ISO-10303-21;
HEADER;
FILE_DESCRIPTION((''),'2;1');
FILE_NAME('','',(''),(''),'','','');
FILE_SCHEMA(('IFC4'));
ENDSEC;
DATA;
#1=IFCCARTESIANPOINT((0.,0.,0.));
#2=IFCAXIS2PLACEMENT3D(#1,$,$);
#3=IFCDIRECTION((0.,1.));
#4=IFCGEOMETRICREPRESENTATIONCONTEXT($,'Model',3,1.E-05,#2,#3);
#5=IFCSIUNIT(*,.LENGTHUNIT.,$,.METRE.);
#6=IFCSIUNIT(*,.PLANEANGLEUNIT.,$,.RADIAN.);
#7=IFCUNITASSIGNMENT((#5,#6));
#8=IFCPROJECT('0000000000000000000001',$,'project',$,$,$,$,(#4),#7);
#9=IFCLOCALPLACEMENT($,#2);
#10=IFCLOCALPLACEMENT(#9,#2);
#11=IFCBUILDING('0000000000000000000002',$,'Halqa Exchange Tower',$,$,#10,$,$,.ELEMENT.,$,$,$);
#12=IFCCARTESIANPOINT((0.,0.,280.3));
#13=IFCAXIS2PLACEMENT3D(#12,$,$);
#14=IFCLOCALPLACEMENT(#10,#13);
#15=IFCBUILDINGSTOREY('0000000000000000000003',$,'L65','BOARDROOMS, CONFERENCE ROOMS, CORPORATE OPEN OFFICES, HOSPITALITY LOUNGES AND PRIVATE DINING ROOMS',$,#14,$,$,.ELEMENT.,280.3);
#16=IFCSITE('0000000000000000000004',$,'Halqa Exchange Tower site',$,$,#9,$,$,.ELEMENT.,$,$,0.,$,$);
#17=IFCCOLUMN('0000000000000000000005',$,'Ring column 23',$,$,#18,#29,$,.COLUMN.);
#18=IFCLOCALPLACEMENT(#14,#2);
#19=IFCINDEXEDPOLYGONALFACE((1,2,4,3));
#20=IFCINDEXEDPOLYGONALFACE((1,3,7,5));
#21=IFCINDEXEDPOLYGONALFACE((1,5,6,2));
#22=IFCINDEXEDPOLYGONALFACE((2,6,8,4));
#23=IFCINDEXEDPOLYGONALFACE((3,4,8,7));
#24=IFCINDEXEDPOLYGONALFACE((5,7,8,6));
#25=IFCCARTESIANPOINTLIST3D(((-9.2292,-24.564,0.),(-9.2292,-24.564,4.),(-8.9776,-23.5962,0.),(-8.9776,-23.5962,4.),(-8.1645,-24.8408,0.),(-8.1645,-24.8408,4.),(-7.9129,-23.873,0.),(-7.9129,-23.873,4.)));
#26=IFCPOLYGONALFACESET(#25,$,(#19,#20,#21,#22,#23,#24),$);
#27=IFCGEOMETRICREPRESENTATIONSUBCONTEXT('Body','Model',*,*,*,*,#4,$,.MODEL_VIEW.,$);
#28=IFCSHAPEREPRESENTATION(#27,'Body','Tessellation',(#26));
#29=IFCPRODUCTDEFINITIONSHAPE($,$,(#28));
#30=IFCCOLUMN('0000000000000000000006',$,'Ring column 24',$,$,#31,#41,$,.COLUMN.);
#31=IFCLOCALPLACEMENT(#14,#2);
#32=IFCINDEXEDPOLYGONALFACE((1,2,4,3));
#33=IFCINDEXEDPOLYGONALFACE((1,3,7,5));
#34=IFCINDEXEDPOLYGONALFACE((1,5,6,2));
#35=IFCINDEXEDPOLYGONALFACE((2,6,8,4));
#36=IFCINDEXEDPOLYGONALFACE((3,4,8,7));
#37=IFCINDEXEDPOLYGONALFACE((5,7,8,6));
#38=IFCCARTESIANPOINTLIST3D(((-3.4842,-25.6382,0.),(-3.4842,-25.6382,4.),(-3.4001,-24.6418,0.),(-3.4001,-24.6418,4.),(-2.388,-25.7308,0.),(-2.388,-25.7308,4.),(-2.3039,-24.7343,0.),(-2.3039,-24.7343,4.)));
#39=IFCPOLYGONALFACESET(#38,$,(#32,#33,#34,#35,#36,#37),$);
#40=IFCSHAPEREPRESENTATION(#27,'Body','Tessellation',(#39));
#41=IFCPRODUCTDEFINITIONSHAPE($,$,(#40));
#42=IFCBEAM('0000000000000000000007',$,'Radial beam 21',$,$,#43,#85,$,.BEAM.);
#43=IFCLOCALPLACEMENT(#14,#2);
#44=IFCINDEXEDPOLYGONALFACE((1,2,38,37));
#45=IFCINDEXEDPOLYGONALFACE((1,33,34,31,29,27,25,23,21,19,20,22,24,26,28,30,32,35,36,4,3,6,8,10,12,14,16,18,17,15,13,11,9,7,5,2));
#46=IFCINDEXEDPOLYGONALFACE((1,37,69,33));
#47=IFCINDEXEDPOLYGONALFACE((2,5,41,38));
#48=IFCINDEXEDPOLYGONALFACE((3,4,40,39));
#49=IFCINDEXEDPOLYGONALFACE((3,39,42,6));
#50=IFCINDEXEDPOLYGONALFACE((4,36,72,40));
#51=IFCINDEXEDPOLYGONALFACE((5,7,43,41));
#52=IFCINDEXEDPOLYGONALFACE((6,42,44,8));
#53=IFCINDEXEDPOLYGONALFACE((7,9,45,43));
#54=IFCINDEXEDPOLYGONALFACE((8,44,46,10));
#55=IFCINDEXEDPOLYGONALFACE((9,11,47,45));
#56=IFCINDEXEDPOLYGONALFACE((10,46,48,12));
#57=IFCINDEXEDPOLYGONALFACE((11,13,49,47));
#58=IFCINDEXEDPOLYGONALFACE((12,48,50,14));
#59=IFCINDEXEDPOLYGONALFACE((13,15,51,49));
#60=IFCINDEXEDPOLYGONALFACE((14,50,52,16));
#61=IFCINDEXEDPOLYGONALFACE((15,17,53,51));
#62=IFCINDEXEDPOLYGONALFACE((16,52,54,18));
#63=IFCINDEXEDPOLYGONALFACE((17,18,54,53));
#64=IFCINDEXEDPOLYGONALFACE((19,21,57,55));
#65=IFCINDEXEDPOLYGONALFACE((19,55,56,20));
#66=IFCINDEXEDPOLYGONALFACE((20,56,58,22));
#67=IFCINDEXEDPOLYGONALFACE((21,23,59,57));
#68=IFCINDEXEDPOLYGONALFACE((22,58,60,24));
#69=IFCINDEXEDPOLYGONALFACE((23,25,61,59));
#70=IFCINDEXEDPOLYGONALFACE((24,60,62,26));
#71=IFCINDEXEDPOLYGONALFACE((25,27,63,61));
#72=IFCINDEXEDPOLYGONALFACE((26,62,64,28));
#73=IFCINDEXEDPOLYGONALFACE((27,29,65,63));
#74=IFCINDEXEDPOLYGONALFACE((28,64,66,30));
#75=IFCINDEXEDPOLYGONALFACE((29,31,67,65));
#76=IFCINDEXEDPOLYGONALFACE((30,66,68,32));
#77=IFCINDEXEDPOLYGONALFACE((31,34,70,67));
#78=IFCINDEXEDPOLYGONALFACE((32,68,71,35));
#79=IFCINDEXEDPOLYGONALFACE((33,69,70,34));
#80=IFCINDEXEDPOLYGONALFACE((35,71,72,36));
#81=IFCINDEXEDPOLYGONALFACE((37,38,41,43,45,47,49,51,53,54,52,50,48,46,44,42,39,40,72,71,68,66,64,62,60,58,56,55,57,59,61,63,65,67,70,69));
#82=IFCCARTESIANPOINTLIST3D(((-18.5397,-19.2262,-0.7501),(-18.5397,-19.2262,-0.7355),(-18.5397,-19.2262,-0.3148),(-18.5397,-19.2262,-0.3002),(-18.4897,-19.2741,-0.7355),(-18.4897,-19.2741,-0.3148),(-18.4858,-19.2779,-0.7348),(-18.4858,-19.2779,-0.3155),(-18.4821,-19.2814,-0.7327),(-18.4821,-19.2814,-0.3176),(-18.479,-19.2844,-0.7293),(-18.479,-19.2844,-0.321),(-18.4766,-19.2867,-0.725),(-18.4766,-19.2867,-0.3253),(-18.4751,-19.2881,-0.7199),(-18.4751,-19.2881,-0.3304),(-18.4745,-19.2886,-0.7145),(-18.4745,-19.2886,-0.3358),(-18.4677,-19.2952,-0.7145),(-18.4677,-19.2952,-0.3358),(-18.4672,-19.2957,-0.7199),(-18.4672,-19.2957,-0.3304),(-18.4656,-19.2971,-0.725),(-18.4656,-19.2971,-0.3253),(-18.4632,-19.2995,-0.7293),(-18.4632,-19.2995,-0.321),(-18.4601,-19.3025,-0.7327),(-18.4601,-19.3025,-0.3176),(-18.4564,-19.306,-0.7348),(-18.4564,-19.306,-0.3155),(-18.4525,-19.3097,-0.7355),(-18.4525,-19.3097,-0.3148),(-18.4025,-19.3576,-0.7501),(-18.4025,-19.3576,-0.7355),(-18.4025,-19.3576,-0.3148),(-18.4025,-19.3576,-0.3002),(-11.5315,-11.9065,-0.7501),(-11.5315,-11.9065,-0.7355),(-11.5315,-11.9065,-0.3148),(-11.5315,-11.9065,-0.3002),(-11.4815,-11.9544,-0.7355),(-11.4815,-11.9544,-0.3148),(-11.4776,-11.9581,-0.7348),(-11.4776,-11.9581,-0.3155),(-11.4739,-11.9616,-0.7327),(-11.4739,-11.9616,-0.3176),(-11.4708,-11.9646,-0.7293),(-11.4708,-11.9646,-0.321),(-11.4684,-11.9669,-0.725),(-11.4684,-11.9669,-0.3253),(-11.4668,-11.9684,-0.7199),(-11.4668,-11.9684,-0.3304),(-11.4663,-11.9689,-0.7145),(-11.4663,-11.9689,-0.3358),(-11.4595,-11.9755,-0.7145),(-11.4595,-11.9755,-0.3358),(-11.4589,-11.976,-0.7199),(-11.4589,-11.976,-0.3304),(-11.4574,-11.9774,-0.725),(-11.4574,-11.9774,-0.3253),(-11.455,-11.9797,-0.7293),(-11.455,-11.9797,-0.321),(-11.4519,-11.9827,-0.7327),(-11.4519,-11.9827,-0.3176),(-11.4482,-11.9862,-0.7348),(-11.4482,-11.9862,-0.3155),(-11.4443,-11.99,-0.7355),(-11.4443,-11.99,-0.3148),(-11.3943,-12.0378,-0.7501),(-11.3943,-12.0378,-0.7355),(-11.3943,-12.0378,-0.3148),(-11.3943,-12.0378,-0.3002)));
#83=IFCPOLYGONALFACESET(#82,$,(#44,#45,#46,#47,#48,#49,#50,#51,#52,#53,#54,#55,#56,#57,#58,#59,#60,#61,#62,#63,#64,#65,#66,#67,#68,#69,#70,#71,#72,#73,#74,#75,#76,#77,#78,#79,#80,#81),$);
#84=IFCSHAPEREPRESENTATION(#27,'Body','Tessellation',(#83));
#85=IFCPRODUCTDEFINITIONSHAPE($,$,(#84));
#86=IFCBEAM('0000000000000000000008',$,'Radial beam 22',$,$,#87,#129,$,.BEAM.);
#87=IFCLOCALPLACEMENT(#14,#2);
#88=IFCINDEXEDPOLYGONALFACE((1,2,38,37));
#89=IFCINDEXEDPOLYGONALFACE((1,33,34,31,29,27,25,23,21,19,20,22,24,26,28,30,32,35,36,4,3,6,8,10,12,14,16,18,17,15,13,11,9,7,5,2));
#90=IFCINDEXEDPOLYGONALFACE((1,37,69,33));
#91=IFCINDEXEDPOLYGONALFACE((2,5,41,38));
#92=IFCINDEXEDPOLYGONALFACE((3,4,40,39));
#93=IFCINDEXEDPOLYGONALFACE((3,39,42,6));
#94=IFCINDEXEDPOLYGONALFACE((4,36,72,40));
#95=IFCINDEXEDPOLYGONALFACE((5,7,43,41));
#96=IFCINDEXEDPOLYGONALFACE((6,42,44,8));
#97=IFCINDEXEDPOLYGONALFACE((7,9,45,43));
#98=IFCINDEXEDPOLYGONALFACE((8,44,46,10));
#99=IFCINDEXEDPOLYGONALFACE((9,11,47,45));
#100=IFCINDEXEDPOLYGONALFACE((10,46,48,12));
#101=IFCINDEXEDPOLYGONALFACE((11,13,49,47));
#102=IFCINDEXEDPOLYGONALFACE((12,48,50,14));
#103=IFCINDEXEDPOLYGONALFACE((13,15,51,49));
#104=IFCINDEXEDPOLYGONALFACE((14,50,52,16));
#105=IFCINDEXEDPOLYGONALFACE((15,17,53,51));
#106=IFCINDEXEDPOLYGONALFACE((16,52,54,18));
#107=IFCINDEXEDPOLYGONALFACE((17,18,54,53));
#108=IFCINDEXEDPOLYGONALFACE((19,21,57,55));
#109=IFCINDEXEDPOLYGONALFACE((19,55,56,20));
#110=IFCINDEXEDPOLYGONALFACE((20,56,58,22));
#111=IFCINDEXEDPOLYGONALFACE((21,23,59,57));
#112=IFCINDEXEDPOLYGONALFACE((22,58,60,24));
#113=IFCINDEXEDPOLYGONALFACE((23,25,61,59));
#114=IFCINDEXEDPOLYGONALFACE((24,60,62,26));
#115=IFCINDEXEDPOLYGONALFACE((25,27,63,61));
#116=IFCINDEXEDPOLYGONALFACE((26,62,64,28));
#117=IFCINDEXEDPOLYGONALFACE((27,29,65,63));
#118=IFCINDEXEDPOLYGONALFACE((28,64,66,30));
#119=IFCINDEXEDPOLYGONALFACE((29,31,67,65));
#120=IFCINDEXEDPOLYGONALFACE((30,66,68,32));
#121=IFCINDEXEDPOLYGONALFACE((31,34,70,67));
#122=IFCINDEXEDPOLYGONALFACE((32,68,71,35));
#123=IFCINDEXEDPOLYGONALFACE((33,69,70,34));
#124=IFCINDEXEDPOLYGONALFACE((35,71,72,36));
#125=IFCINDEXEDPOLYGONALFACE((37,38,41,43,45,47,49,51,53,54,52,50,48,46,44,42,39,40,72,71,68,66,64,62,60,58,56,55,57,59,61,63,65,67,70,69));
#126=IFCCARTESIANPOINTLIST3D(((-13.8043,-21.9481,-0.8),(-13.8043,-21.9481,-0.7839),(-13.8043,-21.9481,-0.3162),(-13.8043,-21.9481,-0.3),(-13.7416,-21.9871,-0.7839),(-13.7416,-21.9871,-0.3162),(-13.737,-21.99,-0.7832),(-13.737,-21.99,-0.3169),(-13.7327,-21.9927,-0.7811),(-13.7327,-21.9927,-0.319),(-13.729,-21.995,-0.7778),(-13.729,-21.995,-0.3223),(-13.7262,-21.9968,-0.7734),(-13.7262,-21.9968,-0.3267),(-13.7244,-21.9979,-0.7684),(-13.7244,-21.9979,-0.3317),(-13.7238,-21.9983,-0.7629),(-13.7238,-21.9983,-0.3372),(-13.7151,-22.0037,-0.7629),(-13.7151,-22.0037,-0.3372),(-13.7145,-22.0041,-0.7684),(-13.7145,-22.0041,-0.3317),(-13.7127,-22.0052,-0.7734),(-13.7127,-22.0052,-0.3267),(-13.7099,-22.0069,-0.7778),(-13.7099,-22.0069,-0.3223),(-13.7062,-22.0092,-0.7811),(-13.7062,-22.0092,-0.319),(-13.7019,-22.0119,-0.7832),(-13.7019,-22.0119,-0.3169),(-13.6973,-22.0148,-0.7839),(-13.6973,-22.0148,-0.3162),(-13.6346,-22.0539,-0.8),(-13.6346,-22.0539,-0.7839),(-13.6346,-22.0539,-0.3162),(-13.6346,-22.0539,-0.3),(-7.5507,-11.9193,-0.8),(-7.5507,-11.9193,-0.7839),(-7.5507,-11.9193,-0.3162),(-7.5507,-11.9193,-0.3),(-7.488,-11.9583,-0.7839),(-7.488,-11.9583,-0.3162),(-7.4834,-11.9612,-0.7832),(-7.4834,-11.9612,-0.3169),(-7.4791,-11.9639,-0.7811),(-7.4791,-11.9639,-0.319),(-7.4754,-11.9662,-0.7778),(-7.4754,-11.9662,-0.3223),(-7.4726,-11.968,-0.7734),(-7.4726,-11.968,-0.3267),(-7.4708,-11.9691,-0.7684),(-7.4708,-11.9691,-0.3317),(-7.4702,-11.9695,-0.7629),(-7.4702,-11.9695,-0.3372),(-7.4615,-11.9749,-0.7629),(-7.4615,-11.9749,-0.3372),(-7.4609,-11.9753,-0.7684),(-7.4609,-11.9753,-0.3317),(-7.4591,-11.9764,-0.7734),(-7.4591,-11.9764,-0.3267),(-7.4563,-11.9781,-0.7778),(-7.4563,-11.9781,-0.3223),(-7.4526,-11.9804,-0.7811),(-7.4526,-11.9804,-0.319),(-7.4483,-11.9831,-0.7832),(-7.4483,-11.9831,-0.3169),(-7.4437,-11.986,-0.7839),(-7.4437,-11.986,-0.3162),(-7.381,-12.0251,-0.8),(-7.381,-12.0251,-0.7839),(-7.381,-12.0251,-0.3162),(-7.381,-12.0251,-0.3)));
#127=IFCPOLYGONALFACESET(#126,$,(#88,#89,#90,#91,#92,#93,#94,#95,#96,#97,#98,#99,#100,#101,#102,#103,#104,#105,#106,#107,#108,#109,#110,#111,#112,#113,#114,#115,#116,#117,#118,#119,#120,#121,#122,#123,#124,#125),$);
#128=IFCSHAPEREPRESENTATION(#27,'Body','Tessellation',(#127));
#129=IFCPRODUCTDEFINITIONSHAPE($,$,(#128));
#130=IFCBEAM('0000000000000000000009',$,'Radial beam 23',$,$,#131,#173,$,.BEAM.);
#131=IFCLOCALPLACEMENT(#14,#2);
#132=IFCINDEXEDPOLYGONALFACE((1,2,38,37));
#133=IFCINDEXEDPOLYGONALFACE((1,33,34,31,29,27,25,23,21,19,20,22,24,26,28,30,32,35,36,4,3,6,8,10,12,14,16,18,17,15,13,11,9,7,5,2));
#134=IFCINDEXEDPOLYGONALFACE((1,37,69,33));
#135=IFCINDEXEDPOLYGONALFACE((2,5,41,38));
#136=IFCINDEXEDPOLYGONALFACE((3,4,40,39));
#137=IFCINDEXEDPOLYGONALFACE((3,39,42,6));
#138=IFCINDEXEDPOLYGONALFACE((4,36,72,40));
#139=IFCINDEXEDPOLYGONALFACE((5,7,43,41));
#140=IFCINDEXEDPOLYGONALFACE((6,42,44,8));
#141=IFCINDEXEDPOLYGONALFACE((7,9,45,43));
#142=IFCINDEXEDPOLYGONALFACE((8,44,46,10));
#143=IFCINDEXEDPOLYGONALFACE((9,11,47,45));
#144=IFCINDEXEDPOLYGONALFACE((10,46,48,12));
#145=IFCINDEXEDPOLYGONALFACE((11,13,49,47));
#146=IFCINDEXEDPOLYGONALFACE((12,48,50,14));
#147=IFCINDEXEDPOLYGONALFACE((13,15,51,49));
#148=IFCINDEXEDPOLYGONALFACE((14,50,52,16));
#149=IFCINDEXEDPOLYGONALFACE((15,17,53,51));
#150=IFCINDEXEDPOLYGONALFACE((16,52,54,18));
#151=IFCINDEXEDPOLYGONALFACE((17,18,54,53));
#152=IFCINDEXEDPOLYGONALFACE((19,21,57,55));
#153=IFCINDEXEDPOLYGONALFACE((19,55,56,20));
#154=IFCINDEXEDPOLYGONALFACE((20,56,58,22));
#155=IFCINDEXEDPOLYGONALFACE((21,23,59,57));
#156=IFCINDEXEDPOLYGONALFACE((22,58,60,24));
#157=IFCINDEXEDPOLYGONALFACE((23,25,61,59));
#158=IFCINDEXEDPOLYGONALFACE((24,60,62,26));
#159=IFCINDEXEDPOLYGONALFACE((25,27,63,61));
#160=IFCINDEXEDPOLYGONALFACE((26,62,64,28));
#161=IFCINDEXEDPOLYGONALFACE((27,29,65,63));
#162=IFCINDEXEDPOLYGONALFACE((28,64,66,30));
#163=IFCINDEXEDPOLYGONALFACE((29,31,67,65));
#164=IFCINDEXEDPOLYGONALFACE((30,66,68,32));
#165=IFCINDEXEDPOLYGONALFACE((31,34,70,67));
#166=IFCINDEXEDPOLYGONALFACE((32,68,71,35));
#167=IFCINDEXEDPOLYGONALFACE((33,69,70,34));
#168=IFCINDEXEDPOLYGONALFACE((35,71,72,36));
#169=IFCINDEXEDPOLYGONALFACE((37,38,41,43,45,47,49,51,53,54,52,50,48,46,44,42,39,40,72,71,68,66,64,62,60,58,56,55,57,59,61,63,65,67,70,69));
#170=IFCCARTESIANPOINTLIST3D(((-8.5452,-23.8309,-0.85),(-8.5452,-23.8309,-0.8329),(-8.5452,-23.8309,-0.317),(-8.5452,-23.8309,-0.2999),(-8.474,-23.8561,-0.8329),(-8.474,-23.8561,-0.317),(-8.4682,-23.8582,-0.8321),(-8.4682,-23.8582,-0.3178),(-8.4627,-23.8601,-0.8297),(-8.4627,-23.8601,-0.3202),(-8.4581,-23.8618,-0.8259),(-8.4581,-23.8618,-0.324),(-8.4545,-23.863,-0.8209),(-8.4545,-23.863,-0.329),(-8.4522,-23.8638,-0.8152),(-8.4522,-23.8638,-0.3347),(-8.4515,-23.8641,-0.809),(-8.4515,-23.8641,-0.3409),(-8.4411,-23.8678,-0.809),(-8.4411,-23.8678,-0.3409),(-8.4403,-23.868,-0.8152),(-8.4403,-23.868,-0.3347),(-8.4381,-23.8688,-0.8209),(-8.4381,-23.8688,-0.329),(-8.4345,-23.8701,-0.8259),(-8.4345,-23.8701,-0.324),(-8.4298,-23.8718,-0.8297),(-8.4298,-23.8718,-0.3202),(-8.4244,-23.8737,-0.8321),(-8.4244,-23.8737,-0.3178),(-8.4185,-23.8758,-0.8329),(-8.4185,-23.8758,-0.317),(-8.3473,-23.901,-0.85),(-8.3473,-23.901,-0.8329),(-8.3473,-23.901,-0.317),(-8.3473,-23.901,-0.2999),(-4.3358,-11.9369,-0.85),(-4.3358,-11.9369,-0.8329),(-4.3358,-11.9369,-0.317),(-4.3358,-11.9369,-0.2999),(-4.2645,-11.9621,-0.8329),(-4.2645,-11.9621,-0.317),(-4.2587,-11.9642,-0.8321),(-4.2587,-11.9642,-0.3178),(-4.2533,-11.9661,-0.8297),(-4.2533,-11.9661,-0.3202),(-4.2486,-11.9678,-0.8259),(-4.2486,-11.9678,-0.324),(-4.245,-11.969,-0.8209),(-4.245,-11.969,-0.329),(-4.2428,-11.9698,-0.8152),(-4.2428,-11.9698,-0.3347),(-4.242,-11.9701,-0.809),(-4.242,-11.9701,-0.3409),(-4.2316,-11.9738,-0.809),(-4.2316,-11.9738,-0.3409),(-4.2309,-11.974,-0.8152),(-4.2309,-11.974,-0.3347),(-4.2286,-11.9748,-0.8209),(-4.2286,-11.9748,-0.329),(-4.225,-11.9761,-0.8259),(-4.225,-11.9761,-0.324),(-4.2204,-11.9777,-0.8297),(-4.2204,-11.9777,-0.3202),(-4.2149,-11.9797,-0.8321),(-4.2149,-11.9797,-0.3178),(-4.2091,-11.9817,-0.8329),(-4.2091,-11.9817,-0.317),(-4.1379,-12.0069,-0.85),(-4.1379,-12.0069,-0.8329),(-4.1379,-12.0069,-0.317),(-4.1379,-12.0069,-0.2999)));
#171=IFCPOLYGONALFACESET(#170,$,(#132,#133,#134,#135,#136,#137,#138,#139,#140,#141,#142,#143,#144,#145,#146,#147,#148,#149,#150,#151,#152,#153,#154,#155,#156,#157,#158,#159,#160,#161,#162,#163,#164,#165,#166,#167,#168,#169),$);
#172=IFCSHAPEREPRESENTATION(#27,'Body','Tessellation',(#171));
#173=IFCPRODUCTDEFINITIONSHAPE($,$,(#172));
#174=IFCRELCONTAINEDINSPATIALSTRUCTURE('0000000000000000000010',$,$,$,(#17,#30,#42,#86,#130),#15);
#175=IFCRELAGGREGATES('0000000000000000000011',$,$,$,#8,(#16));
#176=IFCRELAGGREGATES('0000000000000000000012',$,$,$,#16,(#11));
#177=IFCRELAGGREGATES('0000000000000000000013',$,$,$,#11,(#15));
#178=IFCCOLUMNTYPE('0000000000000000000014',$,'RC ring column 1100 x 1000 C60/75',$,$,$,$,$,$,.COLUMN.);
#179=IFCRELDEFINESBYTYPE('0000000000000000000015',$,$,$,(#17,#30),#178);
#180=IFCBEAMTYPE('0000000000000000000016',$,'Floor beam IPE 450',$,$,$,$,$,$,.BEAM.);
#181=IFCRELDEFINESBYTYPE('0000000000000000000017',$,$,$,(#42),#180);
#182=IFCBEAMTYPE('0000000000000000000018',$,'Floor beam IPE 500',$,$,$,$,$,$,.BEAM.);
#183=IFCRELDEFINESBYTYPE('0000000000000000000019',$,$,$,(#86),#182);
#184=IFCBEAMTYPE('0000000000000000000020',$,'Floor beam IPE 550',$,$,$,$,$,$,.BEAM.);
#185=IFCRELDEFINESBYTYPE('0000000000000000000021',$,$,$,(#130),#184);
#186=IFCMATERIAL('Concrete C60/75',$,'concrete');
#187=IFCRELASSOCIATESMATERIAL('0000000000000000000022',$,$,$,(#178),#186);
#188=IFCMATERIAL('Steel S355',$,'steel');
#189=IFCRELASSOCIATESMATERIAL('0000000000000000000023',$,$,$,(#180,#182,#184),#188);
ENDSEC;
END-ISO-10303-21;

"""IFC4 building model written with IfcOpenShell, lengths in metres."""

from ifc_helpers import new_model, si_unit, direction, frame, origin, origin_2d, place, context, subcontext, project, spatial, rectangle, i_section, extrude, material, material_profile, profile_set, type_object, element, save


model = new_model("IFC4")

# Units and contexts
model_context = context("Model", 3, precision=1e-05, world=origin(), true_north=direction((0.0, 1.0)))
body_context = subcontext(model_context, "Body", "Model", "MODEL_VIEW")
ifc_project = project(units=[si_unit("LENGTHUNIT", "METRE"), si_unit("PLANEANGLEUNIT", "RADIAN")], contexts=[model_context])

# Site, building, storey
site_placement = place(None, origin())
site = spatial("IfcSite", under=ifc_project, at=site_placement, Name="Halqa Exchange Tower site", CompositionType="ELEMENT", RefElevation=0.0)
building_placement = place(site_placement, origin())
building = spatial("IfcBuilding", under=site, at=building_placement, Name="Halqa Exchange Tower", CompositionType="ELEMENT")
storey_placement = place(building_placement, frame((0.0, 0.0, 280.3)))
storey = spatial("IfcBuildingStorey", under=building, at=storey_placement, Name="L65", Description="BOARDROOMS, CONFERENCE ROOMS, CORPORATE OPEN OFFICES, HOSPITALITY LOUNGES AND PRIVATE DINING ROOMS", CompositionType="ELEMENT", Elevation=280.3)

# Columns
ifc_material_1 = material(Name="Concrete C60/75", Category="concrete")
ifc_material_profile_1 = material_profile(ifc_material_1, rectangle(XDim=1.1001, YDim=1.0, at=origin_2d()), Name="1100 x 1000")
ifc_profile_set_1 = profile_set([ifc_material_profile_1], Name="Concrete C60/75")
column_type = type_object("IfcColumnType", Name="RC ring column 1100 x 1000 C60/75", PredefinedType="COLUMN", material=ifc_profile_set_1)
for number, where, z_axis, x_axis, name in (
    (1, (-8.571, -24.2185, 0.0), (0.0, 0.0, 1.0), (0.96782, -0.251644, 0.0), "Ring column 23"),
    (2, (-2.894, -25.1863, 0.0), (0.0, 0.0, 1.0), (0.996456, -0.084121, 0.0), "Ring column 24"),
):
    element("IfcColumn", number, at=place(storey_placement, frame(where, z_axis=z_axis, x_axis=x_axis)), inside=storey, type_object=column_type, Name=name, PredefinedType="COLUMN", context=body_context, shape_type="SweptSolid", body=[
        extrude(rectangle(XDim=1.1001, YDim=1.0, at=origin_2d()), origin(), (0.0, 0.0, 1.0), 4.0),
    ])

# Beams
ifc_material_2 = material(Name="Steel S355", Category="steel")
ifc_material_profile_2 = material_profile(ifc_material_2, i_section(OverallWidth=0.1899, OverallDepth=0.45, WebThickness=0.0095, FlangeThickness=0.0146, FilletRadius=0.021, at=origin_2d()), Name="IPE 450")
ifc_profile_set_2 = profile_set([ifc_material_profile_2], Name="Steel S355")
beam_type_1 = type_object("IfcBeamType", Name="Floor beam IPE 450", PredefinedType="BEAM", material=ifc_profile_set_2)
beam_1_placement = place(storey_placement, frame((-11.4629, -11.9722, -0.5251), z_axis=(-0.691569, -0.72231, 0.0), x_axis=(0.72231, -0.691569, 0.0)))
element("IfcBeam", 3, at=beam_1_placement, inside=storey, type_object=beam_type_1, Name="Radial beam 21", PredefinedType="BEAM", context=body_context, shape_type="SweptSolid", body=[
    extrude(i_section(OverallWidth=0.1899, OverallDepth=0.45, WebThickness=0.0095, FlangeThickness=0.0146, FilletRadius=0.021, at=origin_2d()), origin(), (0.0, 0.0, 1.0), 10.1338),
])
ifc_material_profile_3 = material_profile(ifc_material_2, i_section(OverallWidth=0.2, OverallDepth=0.5, WebThickness=0.0103, FlangeThickness=0.0161, FilletRadius=0.021, at=origin_2d()), Name="IPE 500")
ifc_profile_set_3 = profile_set([ifc_material_profile_3], Name="Steel S355")
beam_type_2 = type_object("IfcBeamType", Name="Floor beam IPE 500", PredefinedType="BEAM", material=ifc_profile_set_3)
beam_2_placement = place(storey_placement, frame((-7.4658, -11.9722, -0.55), z_axis=(-0.529126, -0.848543, 0.0), x_axis=(0.848543, -0.529126, 0.0)))
element("IfcBeam", 4, at=beam_2_placement, inside=storey, type_object=beam_type_2, Name="Radial beam 22", PredefinedType="BEAM", context=body_context, shape_type="SweptSolid", body=[
    extrude(i_section(OverallWidth=0.2, OverallDepth=0.5, WebThickness=0.0103, FlangeThickness=0.0161, FilletRadius=0.021, at=origin_2d()), origin(), (0.0, 0.0, 1.0), 11.8188),
])
ifc_material_profile_4 = material_profile(ifc_material_2, i_section(OverallWidth=0.21, OverallDepth=0.55, WebThickness=0.011, FlangeThickness=0.0171, FilletRadius=0.0239, at=origin_2d()), Name="IPE 550")
ifc_profile_set_4 = profile_set([ifc_material_profile_4], Name="Steel S355")
beam_type_3 = type_object("IfcBeamType", Name="Floor beam IPE 550", PredefinedType="BEAM", material=ifc_profile_set_4)
beam_3_placement = place(storey_placement, frame((-4.2368, -11.9719, -0.575), z_axis=(-0.333636, -0.942702, 0.0), x_axis=(0.942702, -0.333636, 0.0)))
element("IfcBeam", 5, at=beam_3_placement, inside=storey, type_object=beam_type_3, Name="Radial beam 23", PredefinedType="BEAM", context=body_context, shape_type="SweptSolid", body=[
    extrude(i_section(OverallWidth=0.21, OverallDepth=0.55, WebThickness=0.011, FlangeThickness=0.0171, FilletRadius=0.0239, at=origin_2d()), origin(), (0.0, 0.0, 1.0), 12.6169),
])

save(model, "model.ifc")
